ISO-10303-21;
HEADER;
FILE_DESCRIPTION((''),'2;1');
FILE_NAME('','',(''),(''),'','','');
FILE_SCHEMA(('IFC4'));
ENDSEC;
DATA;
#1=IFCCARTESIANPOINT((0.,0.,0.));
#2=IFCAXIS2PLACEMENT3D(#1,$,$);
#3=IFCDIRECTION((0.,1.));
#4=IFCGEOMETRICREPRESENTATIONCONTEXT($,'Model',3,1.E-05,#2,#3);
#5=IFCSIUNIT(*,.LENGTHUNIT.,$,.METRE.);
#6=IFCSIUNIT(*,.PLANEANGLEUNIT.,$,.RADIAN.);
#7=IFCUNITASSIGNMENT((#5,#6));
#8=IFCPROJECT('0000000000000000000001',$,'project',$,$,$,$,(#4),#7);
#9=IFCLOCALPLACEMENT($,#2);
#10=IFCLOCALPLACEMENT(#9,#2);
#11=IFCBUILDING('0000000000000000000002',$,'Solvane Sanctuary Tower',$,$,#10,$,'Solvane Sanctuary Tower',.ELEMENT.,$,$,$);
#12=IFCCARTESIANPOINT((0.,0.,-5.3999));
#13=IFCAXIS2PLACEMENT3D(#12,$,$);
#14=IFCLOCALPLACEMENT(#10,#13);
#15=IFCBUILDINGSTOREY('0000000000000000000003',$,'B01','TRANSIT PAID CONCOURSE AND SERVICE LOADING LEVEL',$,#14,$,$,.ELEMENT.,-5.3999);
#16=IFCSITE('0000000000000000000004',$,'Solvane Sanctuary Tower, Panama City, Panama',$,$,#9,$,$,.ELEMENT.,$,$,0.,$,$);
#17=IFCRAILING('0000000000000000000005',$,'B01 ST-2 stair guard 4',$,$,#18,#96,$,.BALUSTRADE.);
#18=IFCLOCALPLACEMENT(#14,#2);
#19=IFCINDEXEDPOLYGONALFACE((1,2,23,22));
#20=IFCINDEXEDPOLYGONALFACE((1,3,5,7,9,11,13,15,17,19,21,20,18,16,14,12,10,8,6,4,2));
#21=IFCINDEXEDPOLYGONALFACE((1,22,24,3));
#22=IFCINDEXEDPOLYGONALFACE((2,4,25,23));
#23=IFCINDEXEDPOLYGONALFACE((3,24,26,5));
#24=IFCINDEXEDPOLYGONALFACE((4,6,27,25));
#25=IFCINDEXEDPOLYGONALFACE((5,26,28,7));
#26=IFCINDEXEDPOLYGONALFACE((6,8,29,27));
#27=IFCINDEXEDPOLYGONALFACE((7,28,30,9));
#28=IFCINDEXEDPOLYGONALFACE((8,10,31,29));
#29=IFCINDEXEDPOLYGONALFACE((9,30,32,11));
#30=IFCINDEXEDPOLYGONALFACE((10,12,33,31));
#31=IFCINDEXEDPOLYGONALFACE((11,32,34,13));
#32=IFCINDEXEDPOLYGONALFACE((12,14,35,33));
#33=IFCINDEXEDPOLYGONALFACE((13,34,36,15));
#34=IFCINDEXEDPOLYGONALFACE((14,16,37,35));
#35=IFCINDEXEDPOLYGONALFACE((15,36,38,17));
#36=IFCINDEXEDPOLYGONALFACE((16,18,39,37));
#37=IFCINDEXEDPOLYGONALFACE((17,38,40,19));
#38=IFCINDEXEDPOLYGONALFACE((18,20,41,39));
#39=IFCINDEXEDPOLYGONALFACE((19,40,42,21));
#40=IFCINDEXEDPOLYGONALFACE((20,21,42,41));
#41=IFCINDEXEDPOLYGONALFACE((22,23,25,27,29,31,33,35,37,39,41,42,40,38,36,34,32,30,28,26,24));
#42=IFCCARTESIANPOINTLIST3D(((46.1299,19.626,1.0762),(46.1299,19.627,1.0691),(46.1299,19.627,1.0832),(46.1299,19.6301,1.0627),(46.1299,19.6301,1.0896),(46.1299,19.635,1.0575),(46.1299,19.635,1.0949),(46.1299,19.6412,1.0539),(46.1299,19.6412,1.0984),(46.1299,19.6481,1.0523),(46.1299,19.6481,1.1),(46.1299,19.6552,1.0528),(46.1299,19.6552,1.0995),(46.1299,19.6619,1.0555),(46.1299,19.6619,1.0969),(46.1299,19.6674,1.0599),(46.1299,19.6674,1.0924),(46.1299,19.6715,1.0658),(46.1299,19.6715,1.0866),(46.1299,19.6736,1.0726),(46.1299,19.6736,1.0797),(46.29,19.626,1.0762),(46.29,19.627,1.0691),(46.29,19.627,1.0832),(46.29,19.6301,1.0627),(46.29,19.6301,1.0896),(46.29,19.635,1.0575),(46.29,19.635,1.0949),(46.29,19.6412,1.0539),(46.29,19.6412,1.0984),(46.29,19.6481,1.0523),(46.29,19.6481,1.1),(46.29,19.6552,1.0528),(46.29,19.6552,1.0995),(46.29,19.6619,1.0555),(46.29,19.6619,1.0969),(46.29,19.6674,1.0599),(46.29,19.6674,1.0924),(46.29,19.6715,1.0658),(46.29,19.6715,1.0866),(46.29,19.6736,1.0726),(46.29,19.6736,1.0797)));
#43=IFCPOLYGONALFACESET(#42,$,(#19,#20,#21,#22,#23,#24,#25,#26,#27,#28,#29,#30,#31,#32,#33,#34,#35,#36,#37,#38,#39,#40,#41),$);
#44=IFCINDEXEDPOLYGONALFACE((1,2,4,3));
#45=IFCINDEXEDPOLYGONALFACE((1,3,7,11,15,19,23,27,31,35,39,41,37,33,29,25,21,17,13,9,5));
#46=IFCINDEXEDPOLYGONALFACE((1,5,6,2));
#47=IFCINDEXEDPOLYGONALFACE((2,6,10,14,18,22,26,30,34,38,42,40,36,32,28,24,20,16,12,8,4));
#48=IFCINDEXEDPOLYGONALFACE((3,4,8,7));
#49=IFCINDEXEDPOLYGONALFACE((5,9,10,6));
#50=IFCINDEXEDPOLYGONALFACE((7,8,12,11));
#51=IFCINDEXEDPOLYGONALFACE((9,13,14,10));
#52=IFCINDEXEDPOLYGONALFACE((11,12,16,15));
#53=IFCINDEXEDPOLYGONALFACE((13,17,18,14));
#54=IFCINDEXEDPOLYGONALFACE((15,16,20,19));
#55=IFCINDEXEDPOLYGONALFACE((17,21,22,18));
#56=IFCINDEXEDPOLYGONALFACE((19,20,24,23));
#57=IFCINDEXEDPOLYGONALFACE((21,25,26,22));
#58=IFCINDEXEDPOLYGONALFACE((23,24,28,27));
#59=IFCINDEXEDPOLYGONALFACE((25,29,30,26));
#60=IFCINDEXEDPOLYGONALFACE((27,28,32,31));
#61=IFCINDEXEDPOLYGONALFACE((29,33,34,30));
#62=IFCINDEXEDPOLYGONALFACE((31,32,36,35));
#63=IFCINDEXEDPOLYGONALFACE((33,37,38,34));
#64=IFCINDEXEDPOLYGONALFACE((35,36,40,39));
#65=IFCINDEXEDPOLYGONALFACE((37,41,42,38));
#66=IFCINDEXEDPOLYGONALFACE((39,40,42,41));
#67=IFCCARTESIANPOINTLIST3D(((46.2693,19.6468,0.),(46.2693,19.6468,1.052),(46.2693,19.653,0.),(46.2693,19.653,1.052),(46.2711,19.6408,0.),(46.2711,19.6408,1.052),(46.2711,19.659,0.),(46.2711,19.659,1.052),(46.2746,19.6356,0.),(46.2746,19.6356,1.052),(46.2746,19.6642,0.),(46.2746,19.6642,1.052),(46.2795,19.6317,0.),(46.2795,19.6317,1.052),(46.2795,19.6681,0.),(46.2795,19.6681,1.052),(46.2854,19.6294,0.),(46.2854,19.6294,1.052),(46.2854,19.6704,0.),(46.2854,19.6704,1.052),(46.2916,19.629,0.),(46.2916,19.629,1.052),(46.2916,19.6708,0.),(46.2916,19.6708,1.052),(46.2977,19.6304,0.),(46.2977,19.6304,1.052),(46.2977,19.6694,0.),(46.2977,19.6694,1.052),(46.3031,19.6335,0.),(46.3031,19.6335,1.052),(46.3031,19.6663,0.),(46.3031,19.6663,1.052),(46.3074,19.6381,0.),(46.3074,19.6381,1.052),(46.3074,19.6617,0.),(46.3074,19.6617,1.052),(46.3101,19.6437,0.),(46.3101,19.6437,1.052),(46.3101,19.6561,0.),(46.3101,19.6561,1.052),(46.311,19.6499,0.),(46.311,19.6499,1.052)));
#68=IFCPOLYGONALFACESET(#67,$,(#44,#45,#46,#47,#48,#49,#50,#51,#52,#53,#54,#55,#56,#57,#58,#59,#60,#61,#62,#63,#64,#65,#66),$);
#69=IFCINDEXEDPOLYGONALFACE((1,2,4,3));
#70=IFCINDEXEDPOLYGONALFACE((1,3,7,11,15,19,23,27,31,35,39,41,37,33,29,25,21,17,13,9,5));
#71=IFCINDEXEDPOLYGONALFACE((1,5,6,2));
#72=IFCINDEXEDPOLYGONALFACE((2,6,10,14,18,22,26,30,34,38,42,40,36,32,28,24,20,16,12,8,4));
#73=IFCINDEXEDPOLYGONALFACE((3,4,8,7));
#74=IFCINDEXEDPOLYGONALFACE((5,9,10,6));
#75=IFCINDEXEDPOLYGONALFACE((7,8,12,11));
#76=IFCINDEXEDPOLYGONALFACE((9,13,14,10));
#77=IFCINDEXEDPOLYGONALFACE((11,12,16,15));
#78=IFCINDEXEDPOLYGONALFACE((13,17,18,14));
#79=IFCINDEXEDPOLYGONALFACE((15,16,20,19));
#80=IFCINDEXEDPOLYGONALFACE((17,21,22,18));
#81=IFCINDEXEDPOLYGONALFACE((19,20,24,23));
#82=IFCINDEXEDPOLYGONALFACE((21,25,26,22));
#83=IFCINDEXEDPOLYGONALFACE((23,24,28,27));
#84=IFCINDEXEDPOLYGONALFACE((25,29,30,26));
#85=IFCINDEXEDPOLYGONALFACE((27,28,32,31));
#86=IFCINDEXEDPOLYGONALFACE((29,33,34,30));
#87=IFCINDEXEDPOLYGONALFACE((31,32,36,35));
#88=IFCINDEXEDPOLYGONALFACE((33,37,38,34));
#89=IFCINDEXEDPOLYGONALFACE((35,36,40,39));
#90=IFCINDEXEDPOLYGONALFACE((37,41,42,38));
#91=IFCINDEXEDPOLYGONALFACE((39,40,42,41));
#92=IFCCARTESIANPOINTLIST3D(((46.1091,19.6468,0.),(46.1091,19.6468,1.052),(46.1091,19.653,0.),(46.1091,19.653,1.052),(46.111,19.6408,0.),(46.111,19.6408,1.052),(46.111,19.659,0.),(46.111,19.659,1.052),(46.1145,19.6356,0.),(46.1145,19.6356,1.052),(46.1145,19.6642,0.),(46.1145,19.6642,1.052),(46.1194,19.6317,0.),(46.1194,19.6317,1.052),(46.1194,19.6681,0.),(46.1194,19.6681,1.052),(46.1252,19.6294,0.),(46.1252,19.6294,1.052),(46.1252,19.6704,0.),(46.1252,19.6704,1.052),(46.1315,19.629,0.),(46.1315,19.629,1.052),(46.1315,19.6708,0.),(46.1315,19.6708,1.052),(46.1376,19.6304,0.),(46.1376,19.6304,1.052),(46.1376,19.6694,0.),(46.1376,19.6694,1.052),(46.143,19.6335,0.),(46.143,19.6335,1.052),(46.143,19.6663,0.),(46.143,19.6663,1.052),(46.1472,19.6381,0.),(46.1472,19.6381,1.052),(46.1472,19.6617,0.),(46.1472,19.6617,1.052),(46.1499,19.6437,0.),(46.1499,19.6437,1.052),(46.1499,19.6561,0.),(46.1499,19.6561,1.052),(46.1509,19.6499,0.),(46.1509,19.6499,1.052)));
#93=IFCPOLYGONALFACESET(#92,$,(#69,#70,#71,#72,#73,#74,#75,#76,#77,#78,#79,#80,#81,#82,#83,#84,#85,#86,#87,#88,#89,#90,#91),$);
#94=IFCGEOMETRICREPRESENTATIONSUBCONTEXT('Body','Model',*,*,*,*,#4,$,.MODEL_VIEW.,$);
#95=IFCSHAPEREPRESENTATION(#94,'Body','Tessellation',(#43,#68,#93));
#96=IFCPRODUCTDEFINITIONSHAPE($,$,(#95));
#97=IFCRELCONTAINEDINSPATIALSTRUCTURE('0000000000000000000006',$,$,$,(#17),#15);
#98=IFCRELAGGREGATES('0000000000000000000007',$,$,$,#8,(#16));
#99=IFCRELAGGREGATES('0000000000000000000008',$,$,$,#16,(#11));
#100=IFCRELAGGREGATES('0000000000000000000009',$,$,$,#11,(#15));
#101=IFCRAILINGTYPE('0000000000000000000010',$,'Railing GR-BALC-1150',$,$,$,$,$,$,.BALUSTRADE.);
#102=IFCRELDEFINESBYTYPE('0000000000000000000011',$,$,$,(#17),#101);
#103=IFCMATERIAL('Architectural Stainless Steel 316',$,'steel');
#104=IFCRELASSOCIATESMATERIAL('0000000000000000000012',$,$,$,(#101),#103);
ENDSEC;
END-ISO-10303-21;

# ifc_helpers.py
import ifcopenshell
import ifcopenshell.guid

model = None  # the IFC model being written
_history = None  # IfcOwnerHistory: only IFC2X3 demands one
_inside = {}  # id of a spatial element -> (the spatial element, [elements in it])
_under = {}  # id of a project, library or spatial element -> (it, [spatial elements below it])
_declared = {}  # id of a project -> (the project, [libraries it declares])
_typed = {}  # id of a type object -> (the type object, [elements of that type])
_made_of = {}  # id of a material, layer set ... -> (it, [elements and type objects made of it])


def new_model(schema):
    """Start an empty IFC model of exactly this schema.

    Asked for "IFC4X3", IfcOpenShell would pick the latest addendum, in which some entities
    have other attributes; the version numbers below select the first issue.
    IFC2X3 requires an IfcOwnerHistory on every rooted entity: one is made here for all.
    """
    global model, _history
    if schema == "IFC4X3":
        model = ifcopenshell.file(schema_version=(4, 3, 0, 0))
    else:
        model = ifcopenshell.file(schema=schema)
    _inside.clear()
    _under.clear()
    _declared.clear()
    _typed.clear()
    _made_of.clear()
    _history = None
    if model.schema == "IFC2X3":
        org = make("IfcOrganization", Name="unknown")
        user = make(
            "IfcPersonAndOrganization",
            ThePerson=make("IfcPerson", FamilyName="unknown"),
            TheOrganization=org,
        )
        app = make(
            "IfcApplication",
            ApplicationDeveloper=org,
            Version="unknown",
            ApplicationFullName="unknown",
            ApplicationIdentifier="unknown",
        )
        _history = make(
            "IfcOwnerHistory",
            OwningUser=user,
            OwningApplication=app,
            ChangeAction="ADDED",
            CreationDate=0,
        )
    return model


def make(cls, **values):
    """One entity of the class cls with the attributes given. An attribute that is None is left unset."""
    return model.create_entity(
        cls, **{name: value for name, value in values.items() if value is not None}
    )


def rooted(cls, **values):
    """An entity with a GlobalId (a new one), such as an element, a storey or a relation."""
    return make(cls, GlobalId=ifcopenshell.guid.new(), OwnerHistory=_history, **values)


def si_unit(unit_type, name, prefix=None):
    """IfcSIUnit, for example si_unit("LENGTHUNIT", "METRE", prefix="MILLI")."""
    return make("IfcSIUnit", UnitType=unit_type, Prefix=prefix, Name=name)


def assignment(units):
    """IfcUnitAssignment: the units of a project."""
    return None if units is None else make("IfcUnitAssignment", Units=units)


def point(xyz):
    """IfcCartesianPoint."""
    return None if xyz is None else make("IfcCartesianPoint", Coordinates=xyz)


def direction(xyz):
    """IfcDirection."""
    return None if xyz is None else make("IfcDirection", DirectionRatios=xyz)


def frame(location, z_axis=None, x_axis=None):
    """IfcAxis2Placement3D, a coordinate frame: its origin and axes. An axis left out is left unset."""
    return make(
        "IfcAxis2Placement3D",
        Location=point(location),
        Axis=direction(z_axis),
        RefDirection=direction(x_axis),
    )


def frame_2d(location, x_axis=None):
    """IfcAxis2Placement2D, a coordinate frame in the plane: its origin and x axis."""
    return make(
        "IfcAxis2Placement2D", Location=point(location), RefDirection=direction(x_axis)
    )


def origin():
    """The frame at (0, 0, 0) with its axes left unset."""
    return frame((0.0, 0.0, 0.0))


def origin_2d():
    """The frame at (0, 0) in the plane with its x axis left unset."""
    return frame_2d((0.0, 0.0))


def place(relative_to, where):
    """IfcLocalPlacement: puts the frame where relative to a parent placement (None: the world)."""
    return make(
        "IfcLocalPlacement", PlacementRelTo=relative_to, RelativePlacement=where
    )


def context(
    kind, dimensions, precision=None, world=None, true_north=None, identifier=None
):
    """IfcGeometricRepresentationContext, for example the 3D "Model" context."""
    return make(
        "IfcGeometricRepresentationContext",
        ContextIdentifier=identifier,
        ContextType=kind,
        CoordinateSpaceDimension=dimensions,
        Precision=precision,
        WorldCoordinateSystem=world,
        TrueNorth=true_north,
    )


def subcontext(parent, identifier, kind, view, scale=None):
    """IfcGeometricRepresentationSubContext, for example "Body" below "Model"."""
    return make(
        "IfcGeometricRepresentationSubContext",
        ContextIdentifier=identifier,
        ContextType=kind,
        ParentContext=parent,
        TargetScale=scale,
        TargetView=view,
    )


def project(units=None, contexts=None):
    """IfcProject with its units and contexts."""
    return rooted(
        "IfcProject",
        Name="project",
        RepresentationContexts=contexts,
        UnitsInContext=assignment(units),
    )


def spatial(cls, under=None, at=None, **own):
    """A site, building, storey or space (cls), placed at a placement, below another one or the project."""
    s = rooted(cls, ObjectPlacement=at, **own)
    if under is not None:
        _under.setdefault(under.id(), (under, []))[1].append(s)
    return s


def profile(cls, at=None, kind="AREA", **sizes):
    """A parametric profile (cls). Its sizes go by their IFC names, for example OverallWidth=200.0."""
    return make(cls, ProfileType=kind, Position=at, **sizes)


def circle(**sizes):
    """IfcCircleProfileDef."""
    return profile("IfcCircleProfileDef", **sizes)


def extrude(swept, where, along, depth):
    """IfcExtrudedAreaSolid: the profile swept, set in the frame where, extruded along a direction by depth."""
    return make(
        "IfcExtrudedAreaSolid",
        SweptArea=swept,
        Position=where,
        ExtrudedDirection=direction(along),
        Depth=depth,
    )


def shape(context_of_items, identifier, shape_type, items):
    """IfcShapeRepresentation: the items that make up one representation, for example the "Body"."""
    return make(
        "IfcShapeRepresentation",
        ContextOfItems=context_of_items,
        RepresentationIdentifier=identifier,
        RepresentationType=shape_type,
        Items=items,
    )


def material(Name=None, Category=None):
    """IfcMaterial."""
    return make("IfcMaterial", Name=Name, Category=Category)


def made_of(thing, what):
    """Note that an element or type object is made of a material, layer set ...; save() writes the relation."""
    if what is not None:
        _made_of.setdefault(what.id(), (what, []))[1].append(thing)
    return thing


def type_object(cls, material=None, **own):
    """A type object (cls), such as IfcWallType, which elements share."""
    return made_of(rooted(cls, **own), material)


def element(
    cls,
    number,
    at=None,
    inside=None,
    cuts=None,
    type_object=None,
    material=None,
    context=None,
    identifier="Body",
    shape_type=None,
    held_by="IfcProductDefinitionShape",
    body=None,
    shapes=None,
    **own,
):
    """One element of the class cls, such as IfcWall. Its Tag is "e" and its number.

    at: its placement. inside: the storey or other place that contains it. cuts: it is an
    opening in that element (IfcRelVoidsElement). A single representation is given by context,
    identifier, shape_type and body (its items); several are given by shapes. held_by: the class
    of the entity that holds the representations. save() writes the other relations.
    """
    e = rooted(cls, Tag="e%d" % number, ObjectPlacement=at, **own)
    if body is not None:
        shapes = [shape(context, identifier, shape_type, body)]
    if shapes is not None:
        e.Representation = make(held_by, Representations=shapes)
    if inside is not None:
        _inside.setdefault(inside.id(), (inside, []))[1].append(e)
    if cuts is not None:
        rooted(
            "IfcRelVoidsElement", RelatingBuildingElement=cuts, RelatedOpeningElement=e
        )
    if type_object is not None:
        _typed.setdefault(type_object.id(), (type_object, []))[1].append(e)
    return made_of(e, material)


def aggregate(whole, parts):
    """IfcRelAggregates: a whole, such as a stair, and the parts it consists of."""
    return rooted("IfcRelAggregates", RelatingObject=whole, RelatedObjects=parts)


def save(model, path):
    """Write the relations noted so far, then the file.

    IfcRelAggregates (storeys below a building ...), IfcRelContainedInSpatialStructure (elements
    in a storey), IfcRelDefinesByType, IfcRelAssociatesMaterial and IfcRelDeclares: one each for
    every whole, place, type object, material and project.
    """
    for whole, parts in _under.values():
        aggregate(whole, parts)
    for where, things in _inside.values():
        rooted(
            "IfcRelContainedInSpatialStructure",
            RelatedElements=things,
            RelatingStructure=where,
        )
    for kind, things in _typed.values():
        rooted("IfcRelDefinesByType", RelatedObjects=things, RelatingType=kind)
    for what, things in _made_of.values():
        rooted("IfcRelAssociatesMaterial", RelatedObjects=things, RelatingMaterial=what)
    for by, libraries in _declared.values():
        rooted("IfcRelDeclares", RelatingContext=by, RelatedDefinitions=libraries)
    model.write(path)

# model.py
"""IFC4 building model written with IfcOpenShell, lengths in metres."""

from ifc_helpers import new_model, si_unit, direction, frame, origin, origin_2d, place, context, subcontext, project, spatial, circle, extrude, material, type_object, element, save


model = new_model("IFC4")

# Units and contexts
model_context = context("Model", 3, precision=1e-05, world=origin(), true_north=direction((0.0, 1.0)))
body_context = subcontext(model_context, "Body", "Model", "MODEL_VIEW")
ifc_project = project(units=[si_unit("LENGTHUNIT", "METRE"), si_unit("PLANEANGLEUNIT", "RADIAN")], contexts=[model_context])

# Site, building, storey
site_placement = place(None, origin())
site = spatial("IfcSite", under=ifc_project, at=site_placement, Name="Solvane Sanctuary Tower, Panama City, Panama", CompositionType="ELEMENT", RefElevation=0.0)
building_placement = place(site_placement, origin())
building = spatial("IfcBuilding", under=site, at=building_placement, Name="Solvane Sanctuary Tower", LongName="Solvane Sanctuary Tower", CompositionType="ELEMENT")
storey_placement = place(building_placement, frame((0.0, 0.0, -5.3999)))
storey = spatial("IfcBuildingStorey", under=building, at=storey_placement, Name="B01", Description="TRANSIT PAID CONCOURSE AND SERVICE LOADING LEVEL", CompositionType="ELEMENT", Elevation=-5.3999)

# Shared definitions
ifc_material_1 = material(Name="Architectural Stainless Steel 316", Category="steel")

# Railing
railing_type_1 = type_object("IfcRailingType", Name="Railing GR-BALC-1150", PredefinedType="BALUSTRADE", material=ifc_material_1)
railing_1_placement = place(storey_placement, frame((46.29, 19.6499, 0.0)))
element("IfcRailing", 1, at=railing_1_placement, inside=storey, type_object=railing_type_1, Name="B01 ST-2 stair guard 4", PredefinedType="BALUSTRADE", context=body_context, shape_type="SweptSolid", body=[
    extrude(circle(Radius=0.0239, at=origin_2d()), frame((0.0, 0.0, 1.0762), z_axis=(-1.0, 0.0, 0.0), x_axis=(0.0, -1.0, 0.0)), (0.0, 0.0, 1.0), 0.1602),
    extrude(circle(Radius=0.021, at=origin_2d()), origin(), (0.0, 0.0, 1.0), 1.052),
    extrude(circle(Radius=0.021, at=origin_2d()), frame((-0.1602, 0.0, 0.0)), (0.0, 0.0, 1.0), 1.052),
])

save(model, "model.ifc")
